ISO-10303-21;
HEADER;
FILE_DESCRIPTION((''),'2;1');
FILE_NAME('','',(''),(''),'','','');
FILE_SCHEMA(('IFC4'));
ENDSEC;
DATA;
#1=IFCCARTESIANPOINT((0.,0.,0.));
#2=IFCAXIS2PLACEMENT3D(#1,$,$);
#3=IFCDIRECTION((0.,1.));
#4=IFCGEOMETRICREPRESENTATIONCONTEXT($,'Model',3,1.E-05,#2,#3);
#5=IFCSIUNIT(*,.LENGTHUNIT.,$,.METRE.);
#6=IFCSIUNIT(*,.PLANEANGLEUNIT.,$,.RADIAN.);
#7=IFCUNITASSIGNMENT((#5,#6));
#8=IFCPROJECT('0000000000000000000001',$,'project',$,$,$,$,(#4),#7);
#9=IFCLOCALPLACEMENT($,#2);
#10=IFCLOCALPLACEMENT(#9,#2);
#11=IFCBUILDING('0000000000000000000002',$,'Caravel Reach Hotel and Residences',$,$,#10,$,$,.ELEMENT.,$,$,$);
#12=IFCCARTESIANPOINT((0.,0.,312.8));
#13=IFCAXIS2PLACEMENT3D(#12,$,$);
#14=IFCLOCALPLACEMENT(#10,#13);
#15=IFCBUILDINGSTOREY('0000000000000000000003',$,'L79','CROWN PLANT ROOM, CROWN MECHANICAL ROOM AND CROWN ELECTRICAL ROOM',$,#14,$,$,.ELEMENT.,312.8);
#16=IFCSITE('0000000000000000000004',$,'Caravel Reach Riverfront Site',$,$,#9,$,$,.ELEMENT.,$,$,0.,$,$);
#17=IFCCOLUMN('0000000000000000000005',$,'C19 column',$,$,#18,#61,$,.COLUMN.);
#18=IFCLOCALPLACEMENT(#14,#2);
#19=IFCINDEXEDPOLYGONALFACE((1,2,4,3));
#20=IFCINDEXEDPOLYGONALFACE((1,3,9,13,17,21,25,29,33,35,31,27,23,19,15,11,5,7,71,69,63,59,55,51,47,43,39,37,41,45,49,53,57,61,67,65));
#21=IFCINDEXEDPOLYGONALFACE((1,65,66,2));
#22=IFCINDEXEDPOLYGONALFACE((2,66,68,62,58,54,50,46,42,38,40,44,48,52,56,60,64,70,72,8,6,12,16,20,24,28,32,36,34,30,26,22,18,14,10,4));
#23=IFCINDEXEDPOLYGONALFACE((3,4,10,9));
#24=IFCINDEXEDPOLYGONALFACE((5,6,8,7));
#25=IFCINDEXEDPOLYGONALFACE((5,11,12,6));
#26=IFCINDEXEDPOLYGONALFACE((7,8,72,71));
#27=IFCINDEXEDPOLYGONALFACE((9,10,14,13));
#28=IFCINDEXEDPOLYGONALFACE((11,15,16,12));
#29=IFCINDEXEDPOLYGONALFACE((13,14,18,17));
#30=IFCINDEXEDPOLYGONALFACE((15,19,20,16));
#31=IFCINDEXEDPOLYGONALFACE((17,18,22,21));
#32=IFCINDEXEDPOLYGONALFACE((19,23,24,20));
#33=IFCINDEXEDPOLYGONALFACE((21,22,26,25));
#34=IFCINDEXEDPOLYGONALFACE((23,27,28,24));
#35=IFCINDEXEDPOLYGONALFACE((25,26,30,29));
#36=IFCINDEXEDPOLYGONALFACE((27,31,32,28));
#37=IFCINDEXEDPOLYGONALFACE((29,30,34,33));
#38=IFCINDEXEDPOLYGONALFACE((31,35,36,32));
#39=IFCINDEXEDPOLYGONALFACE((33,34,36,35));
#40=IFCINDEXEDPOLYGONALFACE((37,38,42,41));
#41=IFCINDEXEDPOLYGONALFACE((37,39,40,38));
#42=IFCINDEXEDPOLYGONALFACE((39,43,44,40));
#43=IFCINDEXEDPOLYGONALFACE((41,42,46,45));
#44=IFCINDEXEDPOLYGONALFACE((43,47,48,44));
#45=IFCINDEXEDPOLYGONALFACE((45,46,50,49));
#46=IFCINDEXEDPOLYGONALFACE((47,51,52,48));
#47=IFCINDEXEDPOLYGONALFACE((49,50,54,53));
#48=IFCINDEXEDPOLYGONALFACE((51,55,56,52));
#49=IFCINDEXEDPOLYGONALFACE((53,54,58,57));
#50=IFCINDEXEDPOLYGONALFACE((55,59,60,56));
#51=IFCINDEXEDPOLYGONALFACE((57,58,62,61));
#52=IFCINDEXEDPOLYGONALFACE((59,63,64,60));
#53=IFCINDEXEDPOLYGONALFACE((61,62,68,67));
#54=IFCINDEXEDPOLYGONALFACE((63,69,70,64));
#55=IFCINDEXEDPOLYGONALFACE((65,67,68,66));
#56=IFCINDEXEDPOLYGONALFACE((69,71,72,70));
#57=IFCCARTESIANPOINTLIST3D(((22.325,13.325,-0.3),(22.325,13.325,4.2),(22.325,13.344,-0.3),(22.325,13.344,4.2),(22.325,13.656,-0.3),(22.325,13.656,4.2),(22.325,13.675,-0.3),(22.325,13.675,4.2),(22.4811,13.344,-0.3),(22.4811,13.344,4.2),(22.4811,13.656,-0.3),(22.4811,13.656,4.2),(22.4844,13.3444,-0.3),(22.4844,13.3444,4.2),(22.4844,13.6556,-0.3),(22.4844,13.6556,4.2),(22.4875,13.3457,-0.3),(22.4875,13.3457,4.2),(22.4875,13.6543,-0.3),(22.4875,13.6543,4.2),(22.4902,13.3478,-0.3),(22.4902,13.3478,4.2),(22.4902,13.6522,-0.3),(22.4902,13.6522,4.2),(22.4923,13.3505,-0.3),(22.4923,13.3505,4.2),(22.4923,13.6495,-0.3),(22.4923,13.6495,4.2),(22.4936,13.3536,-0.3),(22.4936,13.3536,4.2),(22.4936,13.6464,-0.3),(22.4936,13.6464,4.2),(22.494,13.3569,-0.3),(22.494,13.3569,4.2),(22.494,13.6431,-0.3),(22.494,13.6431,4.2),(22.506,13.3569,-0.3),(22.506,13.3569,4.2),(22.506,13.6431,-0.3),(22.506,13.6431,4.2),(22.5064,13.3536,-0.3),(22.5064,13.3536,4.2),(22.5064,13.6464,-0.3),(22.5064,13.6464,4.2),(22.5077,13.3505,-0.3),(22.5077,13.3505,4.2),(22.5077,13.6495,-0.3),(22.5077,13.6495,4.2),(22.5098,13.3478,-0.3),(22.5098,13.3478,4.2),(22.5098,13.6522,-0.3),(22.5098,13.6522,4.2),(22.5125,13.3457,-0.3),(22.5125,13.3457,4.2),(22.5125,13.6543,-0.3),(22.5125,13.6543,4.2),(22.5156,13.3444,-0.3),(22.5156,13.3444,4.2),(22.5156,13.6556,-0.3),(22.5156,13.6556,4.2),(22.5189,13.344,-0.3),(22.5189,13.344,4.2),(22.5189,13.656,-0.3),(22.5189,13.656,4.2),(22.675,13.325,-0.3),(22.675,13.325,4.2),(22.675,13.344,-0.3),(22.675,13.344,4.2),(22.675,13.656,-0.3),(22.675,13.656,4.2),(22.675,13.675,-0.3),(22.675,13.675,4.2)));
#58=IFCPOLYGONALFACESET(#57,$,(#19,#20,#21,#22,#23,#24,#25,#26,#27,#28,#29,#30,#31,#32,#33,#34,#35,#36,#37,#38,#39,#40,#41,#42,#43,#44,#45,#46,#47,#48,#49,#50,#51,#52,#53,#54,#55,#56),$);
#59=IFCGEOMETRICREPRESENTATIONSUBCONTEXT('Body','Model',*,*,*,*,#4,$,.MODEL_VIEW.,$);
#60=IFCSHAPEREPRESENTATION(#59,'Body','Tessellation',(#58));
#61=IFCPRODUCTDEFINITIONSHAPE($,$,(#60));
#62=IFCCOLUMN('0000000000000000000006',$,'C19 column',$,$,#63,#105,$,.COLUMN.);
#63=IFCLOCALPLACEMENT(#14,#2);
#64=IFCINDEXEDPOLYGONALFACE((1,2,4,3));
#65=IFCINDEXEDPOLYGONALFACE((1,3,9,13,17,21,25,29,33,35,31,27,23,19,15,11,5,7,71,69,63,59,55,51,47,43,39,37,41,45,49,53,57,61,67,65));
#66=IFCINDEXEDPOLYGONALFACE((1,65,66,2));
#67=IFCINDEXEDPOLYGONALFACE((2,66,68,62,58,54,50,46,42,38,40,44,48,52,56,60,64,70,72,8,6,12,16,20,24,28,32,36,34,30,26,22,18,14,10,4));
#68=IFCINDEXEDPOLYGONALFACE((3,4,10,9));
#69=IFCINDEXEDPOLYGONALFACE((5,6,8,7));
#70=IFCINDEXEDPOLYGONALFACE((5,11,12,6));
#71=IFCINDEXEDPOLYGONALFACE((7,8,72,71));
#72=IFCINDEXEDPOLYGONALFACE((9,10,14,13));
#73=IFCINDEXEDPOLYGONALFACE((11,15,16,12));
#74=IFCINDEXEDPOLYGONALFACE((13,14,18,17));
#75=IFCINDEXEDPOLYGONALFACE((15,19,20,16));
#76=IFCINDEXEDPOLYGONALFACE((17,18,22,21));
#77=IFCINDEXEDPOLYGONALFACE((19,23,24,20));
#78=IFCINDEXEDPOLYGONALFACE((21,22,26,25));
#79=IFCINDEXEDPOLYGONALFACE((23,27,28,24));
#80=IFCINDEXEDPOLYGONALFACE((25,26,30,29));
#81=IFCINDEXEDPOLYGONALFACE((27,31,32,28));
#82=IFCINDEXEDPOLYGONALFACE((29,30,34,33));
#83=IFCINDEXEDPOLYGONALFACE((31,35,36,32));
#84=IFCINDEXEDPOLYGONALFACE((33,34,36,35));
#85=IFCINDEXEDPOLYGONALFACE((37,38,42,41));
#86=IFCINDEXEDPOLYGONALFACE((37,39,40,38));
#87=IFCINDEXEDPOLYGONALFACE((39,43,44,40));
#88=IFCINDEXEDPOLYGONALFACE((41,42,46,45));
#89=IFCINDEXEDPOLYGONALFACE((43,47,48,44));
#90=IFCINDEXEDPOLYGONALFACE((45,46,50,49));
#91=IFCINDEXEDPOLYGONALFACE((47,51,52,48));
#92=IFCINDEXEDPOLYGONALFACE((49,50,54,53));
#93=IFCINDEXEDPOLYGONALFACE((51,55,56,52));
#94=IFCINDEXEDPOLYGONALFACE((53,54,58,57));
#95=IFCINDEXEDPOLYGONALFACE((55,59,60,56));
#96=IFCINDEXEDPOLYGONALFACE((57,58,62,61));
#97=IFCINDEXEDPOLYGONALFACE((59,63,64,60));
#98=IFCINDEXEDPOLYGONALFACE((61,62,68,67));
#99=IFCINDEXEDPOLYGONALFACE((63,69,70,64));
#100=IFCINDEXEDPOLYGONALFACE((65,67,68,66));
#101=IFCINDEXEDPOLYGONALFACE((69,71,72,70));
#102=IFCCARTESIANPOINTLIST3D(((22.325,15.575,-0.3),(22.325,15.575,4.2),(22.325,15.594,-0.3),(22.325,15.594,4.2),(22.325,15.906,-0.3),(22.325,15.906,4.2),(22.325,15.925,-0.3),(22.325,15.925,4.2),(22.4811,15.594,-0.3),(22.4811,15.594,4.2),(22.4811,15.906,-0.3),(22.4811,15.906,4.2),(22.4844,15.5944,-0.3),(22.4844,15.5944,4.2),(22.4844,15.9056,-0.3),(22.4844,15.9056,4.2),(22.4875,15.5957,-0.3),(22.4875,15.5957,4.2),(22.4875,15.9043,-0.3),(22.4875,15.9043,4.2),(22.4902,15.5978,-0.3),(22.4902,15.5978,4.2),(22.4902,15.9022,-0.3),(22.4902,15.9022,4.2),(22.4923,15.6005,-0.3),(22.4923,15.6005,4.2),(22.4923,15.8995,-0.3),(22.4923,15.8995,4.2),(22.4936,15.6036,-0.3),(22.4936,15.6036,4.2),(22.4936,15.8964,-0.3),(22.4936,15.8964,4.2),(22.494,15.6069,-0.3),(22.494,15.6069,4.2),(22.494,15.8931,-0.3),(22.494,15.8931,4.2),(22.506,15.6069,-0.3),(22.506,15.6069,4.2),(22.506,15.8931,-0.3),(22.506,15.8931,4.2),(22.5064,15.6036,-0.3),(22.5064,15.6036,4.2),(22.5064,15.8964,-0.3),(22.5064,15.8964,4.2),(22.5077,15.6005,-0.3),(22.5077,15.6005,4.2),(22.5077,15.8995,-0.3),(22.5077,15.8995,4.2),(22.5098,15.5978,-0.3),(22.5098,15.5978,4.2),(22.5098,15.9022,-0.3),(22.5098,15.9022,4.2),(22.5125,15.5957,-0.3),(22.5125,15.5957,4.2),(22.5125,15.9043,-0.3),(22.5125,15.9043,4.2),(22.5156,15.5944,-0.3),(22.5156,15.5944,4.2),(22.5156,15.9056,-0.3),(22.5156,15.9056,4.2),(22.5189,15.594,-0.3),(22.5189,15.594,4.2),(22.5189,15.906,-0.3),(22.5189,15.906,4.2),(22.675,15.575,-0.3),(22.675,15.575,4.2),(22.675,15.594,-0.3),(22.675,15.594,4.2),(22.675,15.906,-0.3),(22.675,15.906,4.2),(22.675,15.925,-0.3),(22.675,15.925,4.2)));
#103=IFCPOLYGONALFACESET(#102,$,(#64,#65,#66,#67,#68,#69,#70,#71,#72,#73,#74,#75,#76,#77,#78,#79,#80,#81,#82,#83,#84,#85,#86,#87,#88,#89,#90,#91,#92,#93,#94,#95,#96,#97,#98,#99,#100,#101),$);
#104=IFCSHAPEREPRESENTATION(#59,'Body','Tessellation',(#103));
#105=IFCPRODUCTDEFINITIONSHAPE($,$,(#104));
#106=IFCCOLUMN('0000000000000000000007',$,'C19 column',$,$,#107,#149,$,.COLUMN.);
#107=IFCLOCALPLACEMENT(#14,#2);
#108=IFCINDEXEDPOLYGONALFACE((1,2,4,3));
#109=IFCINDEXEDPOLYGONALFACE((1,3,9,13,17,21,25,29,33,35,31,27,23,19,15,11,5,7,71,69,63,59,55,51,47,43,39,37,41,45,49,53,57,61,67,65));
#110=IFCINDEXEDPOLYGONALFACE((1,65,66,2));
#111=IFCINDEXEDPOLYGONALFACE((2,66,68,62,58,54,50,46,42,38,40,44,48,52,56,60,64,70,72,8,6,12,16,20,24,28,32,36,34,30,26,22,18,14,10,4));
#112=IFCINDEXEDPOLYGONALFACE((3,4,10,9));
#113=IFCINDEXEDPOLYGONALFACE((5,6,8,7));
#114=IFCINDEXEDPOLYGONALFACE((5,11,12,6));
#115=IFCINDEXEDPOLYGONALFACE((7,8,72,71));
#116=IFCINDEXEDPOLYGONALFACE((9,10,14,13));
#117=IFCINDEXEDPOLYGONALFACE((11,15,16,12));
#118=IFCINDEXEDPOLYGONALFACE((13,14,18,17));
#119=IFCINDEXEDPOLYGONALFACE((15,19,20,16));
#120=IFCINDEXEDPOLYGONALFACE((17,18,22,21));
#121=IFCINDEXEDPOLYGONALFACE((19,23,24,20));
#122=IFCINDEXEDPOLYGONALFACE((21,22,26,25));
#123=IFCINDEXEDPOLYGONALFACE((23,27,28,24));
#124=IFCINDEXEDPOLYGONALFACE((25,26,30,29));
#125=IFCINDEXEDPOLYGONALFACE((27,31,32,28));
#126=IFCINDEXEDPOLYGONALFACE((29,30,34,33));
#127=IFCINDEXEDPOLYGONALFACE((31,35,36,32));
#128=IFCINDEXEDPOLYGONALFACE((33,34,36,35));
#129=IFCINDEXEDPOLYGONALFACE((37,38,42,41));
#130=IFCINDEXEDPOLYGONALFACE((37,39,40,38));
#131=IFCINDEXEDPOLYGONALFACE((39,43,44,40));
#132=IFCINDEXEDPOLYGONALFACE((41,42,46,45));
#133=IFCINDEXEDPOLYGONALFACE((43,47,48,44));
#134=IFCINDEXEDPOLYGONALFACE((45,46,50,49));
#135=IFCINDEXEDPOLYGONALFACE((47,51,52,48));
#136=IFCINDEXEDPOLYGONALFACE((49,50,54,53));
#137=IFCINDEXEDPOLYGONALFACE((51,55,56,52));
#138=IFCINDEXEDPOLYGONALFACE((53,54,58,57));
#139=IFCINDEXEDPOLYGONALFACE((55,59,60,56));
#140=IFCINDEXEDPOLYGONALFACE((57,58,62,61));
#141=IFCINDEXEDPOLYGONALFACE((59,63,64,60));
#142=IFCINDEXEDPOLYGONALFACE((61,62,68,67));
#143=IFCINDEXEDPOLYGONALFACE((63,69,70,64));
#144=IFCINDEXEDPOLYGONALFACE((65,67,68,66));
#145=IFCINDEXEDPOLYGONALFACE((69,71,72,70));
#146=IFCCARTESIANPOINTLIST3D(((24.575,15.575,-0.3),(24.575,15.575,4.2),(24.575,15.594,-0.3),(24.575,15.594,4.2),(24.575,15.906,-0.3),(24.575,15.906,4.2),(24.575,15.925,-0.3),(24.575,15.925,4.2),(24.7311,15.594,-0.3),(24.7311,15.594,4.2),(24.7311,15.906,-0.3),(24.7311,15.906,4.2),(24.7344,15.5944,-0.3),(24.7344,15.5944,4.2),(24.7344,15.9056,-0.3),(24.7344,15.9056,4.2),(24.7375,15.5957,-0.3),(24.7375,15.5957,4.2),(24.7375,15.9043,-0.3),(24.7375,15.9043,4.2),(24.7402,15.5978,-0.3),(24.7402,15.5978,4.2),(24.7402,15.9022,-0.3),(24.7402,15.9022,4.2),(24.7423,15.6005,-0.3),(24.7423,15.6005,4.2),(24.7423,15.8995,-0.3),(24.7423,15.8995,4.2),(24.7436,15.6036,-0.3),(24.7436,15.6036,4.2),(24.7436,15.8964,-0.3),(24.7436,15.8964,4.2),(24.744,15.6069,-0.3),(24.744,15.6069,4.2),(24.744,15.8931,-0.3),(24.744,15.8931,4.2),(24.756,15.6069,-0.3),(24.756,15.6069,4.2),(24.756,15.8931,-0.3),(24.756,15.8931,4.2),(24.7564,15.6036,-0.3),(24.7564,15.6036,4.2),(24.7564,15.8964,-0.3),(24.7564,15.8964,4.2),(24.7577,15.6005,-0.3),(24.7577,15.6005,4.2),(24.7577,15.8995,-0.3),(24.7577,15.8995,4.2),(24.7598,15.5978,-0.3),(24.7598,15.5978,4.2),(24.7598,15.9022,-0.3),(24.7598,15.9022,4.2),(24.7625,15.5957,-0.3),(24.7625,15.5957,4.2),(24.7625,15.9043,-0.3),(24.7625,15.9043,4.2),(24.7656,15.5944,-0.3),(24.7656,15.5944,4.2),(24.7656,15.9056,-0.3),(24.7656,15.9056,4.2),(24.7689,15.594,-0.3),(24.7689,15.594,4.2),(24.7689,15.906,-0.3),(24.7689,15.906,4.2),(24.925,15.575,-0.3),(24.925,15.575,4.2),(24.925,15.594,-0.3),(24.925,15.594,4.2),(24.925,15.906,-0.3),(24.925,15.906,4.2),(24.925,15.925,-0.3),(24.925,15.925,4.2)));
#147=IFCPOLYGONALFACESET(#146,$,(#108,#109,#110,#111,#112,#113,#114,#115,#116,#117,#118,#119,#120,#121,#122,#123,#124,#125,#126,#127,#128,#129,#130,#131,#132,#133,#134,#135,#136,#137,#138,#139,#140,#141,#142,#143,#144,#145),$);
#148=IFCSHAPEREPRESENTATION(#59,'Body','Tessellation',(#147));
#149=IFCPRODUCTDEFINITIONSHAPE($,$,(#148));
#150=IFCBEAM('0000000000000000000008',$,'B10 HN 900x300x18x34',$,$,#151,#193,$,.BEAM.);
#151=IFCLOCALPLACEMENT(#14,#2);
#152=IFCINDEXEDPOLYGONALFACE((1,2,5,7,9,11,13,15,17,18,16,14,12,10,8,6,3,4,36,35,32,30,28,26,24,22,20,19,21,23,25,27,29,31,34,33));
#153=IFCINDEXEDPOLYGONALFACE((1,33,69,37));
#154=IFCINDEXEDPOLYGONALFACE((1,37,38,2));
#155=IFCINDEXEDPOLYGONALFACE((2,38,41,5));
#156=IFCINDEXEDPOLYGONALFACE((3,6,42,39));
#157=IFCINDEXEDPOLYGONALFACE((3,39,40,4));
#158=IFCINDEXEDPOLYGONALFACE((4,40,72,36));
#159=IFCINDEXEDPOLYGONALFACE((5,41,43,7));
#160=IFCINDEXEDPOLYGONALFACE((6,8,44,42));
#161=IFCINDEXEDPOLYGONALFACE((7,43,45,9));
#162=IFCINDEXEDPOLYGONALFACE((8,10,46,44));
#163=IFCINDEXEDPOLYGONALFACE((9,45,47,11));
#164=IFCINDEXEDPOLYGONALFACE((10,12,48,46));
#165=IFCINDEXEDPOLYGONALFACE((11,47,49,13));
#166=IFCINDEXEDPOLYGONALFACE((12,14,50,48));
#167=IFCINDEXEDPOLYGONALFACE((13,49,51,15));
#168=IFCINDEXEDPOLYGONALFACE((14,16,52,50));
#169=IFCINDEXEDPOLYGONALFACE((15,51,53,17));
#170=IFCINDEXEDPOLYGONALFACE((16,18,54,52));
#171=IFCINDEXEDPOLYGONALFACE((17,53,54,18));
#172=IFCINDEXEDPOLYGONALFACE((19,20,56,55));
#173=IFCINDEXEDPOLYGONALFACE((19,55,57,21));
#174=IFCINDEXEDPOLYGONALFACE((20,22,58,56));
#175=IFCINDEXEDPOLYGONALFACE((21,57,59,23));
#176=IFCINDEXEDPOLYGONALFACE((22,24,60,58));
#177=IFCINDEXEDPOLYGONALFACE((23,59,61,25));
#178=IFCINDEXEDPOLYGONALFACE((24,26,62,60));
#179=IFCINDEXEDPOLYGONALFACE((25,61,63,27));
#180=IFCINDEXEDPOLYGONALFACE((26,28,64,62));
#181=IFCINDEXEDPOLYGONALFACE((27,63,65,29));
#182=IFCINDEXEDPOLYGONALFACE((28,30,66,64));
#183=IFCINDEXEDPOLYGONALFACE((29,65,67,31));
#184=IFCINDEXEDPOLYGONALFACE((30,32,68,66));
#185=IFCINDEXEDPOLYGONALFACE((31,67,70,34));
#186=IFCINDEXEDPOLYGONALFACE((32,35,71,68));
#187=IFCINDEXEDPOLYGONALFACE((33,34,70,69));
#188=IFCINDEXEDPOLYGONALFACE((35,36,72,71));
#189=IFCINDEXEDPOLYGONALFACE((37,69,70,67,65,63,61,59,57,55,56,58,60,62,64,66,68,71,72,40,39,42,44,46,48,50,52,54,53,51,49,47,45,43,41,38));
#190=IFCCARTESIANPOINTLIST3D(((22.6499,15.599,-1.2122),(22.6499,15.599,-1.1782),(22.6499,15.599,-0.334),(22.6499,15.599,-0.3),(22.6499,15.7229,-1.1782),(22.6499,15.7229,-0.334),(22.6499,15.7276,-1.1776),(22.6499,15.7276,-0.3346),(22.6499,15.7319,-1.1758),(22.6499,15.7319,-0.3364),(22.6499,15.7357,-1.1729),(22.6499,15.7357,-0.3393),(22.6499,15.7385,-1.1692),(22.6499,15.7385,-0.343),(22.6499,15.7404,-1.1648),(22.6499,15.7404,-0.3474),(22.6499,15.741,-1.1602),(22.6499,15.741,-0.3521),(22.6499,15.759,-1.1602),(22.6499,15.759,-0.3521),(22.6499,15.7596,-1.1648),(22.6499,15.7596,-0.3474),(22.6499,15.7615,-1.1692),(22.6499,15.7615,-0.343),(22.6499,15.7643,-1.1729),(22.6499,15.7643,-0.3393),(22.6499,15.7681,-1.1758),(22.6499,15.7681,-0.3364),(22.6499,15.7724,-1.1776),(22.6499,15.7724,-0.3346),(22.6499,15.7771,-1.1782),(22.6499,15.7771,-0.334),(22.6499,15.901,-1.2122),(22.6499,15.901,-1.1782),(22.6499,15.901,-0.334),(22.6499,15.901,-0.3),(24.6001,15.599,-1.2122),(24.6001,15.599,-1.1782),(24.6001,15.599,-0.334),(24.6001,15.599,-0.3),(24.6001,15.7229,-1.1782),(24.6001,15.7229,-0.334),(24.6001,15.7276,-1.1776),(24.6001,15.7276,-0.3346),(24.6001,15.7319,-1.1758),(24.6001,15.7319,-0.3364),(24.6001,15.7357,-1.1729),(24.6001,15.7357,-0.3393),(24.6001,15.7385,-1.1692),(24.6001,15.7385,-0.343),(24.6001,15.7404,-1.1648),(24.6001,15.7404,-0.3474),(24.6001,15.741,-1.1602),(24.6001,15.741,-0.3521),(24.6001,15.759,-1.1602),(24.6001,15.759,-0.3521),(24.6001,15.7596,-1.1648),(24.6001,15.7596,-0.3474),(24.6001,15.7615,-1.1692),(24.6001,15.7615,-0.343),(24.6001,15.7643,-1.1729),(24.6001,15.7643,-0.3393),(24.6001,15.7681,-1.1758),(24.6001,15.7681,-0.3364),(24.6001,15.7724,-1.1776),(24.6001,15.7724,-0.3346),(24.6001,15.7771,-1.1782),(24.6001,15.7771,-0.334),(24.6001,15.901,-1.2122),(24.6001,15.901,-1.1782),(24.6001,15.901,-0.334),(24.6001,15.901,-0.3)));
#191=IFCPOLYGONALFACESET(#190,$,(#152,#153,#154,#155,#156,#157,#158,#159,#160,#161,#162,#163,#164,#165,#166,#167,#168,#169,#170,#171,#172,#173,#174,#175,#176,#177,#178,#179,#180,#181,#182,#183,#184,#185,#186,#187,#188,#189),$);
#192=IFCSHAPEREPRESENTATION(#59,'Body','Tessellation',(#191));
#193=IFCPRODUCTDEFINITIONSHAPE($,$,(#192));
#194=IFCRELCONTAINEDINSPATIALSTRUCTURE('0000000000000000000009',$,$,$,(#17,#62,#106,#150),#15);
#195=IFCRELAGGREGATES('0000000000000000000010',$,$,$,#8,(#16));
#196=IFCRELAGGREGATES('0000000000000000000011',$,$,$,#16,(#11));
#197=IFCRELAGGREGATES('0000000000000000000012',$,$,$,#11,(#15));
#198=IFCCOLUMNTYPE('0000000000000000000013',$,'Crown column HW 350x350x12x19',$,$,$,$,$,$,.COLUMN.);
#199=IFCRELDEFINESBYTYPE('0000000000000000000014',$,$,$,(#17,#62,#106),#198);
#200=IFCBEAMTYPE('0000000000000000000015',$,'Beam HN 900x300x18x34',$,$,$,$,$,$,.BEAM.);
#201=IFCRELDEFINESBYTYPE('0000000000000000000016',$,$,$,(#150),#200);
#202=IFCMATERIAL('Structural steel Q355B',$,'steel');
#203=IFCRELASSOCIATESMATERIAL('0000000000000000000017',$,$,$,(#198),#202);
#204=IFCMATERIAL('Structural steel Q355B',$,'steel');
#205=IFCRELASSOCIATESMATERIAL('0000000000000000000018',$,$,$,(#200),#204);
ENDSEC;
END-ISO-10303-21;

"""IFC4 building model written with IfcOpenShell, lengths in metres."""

from ifc_helpers import new_model, si_unit, direction, frame, origin, origin_2d, place, context, subcontext, project, spatial, i_section, extrude, material, material_profile, profile_set, type_object, element, save


model = new_model("IFC4")

# Units and contexts
model_context = context("Model", 3, precision=1e-05, world=origin(), true_north=direction((0.0, 1.0)))
body_context = subcontext(model_context, "Body", "Model", "MODEL_VIEW")
ifc_project = project(units=[si_unit("LENGTHUNIT", "METRE"), si_unit("PLANEANGLEUNIT", "RADIAN")], contexts=[model_context])

# Site, building, storey
site_placement = place(None, origin())
site = spatial("IfcSite", under=ifc_project, at=site_placement, Name="Caravel Reach Riverfront Site", CompositionType="ELEMENT", RefElevation=0.0)
building_placement = place(site_placement, origin())
building = spatial("IfcBuilding", under=site, at=building_placement, Name="Caravel Reach Hotel and Residences", CompositionType="ELEMENT")
storey_placement = place(building_placement, frame((0.0, 0.0, 312.8)))
storey = spatial("IfcBuildingStorey", under=building, at=storey_placement, Name="L79", Description="CROWN PLANT ROOM, CROWN MECHANICAL ROOM AND CROWN ELECTRICAL ROOM", CompositionType="ELEMENT", Elevation=312.8)

# Columns
ifc_material_1 = material(Name="Structural steel Q355B", Category="steel")
ifc_material_profile_1 = material_profile(ifc_material_1, i_section(OverallWidth=0.3501, OverallDepth=0.3501, WebThickness=0.012, FlangeThickness=0.019, FilletRadius=0.0129, at=origin_2d()), Name="HW 350x350x12x19")
ifc_profile_set_1 = profile_set([ifc_material_profile_1], Name="Structural steel Q355B")
column_type = type_object("IfcColumnType", Name="Crown column HW 350x350x12x19", PredefinedType="COLUMN", material=ifc_profile_set_1)
for number, where, z_axis, x_axis, name in (
    (1, (22.5, 13.5, -0.3), (0.0, 0.0, 1.0), (1.0, 0.0, 0.0), "C19 column"),
    (2, (22.5, 15.75, -0.3), (0.0, 0.0, 1.0), (1.0, 0.0, 0.0), "C19 column"),
    (3, (24.75, 15.75, -0.3), (0.0, 0.0, 1.0), (1.0, 0.0, 0.0), "C19 column"),
):
    element("IfcColumn", number, at=place(storey_placement, frame(where, z_axis=z_axis, x_axis=x_axis)), inside=storey, type_object=column_type, Name=name, PredefinedType="COLUMN", context=body_context, shape_type="SweptSolid", body=[
        extrude(i_section(OverallWidth=0.3501, OverallDepth=0.3501, WebThickness=0.012, FlangeThickness=0.019, FilletRadius=0.0129, at=origin_2d()), origin(), (0.0, 0.0, 1.0), 4.5),
    ])

# Beam
ifc_material_2 = material(Name="Structural steel Q355B", Category="steel")
ifc_material_profile_2 = material_profile(ifc_material_2, i_section(OverallWidth=0.302, OverallDepth=0.9121, WebThickness=0.0181, FlangeThickness=0.0339, FilletRadius=0.0181, at=origin_2d()), Name="HN 900x300x18x34")
ifc_profile_set_2 = profile_set([ifc_material_profile_2], Name="Structural steel Q355B")
beam_type = type_object("IfcBeamType", Name="Beam HN 900x300x18x34", PredefinedType="BEAM", material=ifc_profile_set_2)
beam_1_placement = place(storey_placement, frame((22.6499, 15.75, -0.7561), z_axis=(1.0, 0.0, 0.0), x_axis=(0.0, 1.0, 0.0)))
element("IfcBeam", 4, at=beam_1_placement, inside=storey, type_object=beam_type, Name="B10 HN 900x300x18x34", PredefinedType="BEAM", context=body_context, shape_type="SweptSolid", body=[
    extrude(i_section(OverallWidth=0.302, OverallDepth=0.9121, WebThickness=0.0181, FlangeThickness=0.0339, FilletRadius=0.0181, at=origin_2d()), origin(), (0.0, 0.0, 1.0), 1.9502),
])

save(model, "model.ifc")
